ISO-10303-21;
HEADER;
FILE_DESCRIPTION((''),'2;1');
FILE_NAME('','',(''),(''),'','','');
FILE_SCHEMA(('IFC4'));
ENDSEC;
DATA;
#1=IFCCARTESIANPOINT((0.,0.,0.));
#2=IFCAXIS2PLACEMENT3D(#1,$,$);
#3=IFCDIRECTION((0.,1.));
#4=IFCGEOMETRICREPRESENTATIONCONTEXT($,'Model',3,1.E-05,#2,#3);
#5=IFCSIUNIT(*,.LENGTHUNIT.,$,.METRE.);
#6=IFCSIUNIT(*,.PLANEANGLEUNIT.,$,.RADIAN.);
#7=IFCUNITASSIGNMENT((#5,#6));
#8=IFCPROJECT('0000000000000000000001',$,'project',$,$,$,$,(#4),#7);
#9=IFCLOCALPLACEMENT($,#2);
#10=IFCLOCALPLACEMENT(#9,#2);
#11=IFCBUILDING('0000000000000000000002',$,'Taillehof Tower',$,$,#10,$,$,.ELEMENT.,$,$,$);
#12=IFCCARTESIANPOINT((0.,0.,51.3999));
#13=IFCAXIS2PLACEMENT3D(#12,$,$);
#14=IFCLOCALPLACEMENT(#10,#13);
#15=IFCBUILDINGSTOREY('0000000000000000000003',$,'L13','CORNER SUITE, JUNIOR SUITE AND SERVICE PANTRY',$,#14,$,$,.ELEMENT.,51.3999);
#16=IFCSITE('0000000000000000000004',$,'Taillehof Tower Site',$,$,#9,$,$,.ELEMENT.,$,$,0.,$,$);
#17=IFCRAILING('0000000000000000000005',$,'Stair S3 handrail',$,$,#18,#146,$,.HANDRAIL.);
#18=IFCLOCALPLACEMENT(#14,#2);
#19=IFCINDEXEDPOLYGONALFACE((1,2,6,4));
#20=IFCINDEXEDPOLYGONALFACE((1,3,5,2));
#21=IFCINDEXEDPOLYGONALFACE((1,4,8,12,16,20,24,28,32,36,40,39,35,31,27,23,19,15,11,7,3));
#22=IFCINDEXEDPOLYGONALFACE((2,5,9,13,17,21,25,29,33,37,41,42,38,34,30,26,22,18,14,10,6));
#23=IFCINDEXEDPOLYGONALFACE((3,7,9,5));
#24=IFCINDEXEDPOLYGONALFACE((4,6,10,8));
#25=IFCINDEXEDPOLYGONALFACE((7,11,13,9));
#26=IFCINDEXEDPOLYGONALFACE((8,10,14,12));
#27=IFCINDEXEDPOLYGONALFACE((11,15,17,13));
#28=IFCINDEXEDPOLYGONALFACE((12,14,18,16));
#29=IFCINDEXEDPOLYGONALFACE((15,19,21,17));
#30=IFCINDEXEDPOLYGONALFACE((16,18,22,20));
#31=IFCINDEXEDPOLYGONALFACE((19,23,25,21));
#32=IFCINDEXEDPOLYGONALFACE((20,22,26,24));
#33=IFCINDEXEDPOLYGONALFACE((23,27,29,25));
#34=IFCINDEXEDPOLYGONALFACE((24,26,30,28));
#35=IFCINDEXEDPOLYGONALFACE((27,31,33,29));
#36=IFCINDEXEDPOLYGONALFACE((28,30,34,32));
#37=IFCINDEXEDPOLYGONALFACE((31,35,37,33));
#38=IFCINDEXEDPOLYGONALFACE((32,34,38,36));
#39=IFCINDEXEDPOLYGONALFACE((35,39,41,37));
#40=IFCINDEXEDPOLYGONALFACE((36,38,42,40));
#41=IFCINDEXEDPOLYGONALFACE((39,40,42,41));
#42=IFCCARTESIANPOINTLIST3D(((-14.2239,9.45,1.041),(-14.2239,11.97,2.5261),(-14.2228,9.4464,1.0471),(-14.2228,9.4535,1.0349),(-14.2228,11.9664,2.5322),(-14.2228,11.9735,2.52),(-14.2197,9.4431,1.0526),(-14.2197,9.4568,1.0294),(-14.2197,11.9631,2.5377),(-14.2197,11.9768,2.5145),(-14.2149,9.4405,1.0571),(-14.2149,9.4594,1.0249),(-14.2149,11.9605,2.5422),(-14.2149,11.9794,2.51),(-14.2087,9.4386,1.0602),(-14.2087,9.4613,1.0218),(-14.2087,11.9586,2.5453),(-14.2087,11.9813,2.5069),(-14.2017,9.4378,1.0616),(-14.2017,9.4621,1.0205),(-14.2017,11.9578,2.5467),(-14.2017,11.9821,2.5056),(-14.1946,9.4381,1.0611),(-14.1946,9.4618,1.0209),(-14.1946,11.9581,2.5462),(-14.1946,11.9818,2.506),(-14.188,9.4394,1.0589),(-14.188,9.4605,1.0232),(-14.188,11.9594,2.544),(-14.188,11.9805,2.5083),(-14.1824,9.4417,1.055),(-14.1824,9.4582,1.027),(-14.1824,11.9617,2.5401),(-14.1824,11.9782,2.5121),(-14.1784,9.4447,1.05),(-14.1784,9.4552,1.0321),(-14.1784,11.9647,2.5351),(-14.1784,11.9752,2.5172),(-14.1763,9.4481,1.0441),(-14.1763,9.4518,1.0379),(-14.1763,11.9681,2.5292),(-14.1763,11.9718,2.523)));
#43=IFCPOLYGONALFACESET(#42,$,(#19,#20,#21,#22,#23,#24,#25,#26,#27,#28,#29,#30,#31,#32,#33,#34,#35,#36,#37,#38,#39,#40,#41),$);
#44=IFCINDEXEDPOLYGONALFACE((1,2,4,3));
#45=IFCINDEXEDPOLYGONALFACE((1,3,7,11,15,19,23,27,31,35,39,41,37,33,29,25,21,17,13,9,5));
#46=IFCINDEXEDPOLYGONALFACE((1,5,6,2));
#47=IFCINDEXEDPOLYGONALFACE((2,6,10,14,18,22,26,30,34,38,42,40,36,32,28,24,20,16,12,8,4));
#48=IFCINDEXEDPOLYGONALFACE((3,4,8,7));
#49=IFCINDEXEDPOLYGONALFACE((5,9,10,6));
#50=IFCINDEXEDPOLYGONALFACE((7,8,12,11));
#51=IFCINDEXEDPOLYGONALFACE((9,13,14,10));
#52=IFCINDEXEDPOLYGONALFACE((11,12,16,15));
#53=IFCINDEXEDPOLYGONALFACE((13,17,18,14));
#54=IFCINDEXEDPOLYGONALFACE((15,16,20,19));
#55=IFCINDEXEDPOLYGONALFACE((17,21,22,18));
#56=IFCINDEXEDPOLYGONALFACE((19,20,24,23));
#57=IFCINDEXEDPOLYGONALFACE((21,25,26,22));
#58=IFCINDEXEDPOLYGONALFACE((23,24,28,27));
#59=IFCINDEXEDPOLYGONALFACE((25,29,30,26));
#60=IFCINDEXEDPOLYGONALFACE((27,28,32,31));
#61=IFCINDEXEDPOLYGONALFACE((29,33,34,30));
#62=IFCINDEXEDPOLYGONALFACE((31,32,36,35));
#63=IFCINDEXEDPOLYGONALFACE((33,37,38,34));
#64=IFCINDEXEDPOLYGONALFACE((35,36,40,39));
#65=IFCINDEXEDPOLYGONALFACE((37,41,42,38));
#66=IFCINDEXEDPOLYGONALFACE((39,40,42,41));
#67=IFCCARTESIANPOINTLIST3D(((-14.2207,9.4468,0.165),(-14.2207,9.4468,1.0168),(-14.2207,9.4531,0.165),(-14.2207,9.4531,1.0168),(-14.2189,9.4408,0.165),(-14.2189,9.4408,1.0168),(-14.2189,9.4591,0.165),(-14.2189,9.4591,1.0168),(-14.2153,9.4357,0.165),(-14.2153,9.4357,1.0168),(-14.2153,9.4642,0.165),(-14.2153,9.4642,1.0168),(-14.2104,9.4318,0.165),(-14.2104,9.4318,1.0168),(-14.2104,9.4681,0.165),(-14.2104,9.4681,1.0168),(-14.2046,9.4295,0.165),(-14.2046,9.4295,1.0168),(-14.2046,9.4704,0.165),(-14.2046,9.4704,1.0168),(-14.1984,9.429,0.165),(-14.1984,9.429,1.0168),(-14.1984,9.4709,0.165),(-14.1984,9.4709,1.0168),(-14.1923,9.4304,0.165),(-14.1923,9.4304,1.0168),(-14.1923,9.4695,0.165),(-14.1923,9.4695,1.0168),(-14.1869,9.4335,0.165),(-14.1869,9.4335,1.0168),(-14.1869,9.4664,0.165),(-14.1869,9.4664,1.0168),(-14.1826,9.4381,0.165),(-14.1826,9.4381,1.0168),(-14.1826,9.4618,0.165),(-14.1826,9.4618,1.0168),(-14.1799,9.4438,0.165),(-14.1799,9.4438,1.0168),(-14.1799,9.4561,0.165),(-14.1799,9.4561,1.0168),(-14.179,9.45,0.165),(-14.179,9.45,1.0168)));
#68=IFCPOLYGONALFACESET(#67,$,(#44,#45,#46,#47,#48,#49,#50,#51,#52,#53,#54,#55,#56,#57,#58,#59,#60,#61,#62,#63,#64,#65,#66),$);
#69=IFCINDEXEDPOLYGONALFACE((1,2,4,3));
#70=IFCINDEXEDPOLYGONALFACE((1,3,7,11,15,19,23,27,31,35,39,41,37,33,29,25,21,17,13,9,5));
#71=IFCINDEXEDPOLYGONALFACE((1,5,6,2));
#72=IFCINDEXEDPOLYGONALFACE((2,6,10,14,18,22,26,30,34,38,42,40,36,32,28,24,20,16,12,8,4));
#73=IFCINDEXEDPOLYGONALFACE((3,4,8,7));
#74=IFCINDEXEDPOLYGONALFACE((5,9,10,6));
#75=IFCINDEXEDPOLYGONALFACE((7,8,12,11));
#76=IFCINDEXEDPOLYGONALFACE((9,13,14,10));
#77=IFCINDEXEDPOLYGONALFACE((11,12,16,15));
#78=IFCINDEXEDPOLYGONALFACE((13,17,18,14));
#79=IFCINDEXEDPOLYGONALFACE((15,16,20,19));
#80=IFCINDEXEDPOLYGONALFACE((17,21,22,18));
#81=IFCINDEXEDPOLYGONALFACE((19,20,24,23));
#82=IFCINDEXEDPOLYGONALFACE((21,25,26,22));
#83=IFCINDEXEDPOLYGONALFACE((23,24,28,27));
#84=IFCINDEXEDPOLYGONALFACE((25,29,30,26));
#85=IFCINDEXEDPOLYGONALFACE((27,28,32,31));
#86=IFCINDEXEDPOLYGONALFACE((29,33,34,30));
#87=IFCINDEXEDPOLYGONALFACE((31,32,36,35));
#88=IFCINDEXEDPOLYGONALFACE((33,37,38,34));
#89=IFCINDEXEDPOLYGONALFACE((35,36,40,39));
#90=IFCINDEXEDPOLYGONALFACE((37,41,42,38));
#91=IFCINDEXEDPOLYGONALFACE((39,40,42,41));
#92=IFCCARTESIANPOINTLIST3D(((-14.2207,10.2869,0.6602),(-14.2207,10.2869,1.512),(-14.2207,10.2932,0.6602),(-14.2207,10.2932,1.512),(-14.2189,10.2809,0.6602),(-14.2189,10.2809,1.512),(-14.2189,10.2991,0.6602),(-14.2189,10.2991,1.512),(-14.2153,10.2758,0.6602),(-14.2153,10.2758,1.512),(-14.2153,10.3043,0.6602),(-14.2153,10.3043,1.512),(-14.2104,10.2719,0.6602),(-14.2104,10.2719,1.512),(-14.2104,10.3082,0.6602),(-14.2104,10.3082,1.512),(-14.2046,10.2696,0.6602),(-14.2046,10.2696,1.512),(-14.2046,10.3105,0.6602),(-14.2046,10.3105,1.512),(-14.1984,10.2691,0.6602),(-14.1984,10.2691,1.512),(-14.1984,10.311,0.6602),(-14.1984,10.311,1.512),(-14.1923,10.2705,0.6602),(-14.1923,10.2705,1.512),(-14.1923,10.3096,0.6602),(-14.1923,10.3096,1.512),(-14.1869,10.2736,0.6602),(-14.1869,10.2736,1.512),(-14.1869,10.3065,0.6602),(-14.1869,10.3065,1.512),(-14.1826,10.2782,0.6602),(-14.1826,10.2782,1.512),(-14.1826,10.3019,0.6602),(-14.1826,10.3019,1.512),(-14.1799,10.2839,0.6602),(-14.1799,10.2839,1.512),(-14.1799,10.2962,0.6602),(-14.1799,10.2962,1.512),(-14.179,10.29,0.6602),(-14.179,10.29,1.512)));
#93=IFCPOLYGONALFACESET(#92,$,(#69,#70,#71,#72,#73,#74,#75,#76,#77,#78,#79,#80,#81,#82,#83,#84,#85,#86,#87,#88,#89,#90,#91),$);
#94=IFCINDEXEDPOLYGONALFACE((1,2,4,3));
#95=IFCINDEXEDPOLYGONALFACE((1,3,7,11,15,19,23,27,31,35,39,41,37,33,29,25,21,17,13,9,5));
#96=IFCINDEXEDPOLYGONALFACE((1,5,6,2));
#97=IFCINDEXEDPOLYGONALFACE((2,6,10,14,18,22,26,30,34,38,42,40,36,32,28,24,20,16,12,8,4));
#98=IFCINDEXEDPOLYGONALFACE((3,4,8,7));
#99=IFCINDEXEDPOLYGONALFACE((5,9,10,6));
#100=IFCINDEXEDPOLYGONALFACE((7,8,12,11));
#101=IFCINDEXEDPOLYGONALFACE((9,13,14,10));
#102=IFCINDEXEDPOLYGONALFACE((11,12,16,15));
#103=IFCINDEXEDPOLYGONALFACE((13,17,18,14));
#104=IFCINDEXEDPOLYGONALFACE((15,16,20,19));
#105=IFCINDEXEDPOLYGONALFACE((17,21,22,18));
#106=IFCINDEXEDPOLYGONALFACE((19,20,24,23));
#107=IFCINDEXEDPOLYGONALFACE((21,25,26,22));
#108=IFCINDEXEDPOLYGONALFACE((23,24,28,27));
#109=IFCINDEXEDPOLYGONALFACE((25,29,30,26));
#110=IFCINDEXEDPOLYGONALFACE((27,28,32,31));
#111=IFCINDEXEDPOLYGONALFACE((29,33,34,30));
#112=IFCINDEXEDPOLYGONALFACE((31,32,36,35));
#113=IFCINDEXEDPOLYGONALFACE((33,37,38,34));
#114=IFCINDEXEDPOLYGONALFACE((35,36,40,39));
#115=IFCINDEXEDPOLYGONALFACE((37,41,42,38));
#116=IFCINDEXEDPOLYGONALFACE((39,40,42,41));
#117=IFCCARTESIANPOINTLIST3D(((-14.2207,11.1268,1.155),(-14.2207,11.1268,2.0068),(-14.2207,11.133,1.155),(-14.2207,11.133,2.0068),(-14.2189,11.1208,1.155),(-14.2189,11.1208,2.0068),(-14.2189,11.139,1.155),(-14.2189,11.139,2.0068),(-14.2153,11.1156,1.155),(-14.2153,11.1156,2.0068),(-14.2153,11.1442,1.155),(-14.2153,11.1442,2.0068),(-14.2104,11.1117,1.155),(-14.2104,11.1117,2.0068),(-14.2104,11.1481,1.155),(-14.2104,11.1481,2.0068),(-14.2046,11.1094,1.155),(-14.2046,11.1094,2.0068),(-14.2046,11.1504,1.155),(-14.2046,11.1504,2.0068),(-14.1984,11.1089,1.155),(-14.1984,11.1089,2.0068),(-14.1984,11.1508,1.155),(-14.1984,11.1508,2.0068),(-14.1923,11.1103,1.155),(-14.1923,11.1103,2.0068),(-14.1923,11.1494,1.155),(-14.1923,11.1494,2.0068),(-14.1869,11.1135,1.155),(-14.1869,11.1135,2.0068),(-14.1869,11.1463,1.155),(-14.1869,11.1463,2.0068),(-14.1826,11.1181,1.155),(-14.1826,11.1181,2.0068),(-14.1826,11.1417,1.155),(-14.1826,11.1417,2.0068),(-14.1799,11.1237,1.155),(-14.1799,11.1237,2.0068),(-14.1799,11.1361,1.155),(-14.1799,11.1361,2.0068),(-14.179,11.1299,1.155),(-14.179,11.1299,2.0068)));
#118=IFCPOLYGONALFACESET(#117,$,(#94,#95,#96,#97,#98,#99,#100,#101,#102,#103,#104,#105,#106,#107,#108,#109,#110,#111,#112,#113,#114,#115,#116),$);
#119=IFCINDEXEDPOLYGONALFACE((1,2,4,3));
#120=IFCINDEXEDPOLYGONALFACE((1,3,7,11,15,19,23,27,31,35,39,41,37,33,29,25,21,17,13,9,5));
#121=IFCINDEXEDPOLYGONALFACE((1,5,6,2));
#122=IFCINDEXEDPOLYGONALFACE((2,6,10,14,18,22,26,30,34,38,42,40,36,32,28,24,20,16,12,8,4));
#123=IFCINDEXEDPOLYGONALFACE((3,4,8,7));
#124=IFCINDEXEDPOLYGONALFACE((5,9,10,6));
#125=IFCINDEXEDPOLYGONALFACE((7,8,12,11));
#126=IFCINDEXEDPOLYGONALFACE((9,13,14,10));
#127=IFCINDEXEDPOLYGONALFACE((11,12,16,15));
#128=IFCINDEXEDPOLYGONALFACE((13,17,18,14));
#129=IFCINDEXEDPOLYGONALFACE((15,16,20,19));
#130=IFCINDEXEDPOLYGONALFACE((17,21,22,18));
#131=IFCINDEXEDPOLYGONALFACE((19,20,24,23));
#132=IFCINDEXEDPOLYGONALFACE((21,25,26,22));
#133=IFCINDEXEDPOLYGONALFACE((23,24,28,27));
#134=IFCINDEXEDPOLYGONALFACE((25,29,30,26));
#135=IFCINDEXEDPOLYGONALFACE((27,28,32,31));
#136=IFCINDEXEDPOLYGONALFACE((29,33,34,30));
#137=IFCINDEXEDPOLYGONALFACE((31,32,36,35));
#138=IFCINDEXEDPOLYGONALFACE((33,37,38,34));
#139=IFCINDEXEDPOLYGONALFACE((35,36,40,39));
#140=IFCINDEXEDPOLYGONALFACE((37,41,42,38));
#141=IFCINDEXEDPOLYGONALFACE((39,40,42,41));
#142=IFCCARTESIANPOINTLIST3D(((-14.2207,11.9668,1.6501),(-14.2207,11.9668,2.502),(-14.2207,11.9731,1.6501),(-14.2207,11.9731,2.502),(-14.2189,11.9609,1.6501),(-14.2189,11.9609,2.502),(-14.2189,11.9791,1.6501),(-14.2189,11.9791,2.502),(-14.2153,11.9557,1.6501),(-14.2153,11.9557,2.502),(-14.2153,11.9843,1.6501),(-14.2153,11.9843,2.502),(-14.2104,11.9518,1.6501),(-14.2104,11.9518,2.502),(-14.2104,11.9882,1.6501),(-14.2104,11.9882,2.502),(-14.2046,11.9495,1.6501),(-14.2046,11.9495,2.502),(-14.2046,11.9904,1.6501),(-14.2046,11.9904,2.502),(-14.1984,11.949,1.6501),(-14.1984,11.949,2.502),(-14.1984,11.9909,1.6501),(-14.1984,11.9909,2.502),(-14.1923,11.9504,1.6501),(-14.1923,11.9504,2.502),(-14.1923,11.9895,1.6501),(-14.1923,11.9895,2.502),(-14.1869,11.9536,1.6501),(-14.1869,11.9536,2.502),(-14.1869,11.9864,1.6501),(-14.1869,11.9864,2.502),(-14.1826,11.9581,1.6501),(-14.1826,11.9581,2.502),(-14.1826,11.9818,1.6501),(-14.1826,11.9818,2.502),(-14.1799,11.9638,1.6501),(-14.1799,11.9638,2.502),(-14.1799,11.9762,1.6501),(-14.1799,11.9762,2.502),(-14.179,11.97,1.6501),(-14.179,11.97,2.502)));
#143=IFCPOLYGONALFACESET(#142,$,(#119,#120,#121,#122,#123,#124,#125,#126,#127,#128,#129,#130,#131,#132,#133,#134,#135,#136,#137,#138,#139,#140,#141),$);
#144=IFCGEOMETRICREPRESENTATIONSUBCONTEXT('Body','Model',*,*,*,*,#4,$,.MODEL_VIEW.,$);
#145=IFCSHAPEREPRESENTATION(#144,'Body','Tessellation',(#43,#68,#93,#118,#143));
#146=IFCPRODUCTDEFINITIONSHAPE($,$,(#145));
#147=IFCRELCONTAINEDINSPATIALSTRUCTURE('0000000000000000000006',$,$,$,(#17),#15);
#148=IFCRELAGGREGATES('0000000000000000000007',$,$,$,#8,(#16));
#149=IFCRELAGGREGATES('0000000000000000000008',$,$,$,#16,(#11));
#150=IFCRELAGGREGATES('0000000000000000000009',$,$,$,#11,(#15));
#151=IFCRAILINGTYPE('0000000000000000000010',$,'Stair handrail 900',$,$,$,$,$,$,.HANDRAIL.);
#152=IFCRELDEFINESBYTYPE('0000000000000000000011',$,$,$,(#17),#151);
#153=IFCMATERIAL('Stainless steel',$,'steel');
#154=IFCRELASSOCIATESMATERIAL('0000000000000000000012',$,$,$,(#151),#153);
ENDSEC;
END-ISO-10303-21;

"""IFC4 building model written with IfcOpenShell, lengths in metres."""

from ifc_helpers import new_model, si_unit, direction, frame, origin, origin_2d, place, context, subcontext, project, spatial, circle, extrude, material, type_object, element, save


model = new_model("IFC4")

# Units and contexts
model_context = context("Model", 3, precision=1e-05, world=origin(), true_north=direction((0.0, 1.0)))
body_context = subcontext(model_context, "Body", "Model", "MODEL_VIEW")
ifc_project = project(units=[si_unit("LENGTHUNIT", "METRE"), si_unit("PLANEANGLEUNIT", "RADIAN")], contexts=[model_context])

# Site, building, storey
site_placement = place(None, origin())
site = spatial("IfcSite", under=ifc_project, at=site_placement, Name="Taillehof Tower Site", CompositionType="ELEMENT", RefElevation=0.0)
building_placement = place(site_placement, origin())
building = spatial("IfcBuilding", under=site, at=building_placement, Name="Taillehof Tower", CompositionType="ELEMENT")
storey_placement = place(building_placement, frame((0.0, 0.0, 51.3999)))
storey = spatial("IfcBuildingStorey", under=building, at=storey_placement, Name="L13", Description="CORNER SUITE, JUNIOR SUITE AND SERVICE PANTRY", CompositionType="ELEMENT", Elevation=51.3999)

# Railing
ifc_material_1 = material(Name="Stainless steel", Category="steel")
railing_type = type_object("IfcRailingType", Name="Stair handrail 900", PredefinedType="HANDRAIL", material=ifc_material_1)
railing_placement = place(storey_placement, frame((-14.2, 9.45, 0.165)))
element("IfcRailing", 1, at=railing_placement, inside=storey, type_object=railing_type, Name="Stair S3 handrail", PredefinedType="HANDRAIL", context=body_context, shape_type="SweptSolid", body=[
    extrude(circle(Radius=0.0239, at=origin_2d()), frame((0.0, 0.0, 0.876), z_axis=(0.0, 0.861524, 0.507717), x_axis=(-1.0, 0.0, 0.0)), (0.0, 0.0, 1.0), 2.925),
    extrude(circle(Radius=0.021, at=origin_2d()), origin(), (0.0, 0.0, 1.0), 0.8518),
    extrude(circle(Radius=0.021, at=origin_2d()), frame((0.0, 0.8401, 0.4951)), (0.0, 0.0, 1.0), 0.8518),
    extrude(circle(Radius=0.021, at=origin_2d()), frame((0.0, 1.6799, 0.99)), (0.0, 0.0, 1.0), 0.8518),
    extrude(circle(Radius=0.021, at=origin_2d()), frame((0.0, 2.52, 1.4851)), (0.0, 0.0, 1.0), 0.8518),
])

save(model, "model.ifc")
